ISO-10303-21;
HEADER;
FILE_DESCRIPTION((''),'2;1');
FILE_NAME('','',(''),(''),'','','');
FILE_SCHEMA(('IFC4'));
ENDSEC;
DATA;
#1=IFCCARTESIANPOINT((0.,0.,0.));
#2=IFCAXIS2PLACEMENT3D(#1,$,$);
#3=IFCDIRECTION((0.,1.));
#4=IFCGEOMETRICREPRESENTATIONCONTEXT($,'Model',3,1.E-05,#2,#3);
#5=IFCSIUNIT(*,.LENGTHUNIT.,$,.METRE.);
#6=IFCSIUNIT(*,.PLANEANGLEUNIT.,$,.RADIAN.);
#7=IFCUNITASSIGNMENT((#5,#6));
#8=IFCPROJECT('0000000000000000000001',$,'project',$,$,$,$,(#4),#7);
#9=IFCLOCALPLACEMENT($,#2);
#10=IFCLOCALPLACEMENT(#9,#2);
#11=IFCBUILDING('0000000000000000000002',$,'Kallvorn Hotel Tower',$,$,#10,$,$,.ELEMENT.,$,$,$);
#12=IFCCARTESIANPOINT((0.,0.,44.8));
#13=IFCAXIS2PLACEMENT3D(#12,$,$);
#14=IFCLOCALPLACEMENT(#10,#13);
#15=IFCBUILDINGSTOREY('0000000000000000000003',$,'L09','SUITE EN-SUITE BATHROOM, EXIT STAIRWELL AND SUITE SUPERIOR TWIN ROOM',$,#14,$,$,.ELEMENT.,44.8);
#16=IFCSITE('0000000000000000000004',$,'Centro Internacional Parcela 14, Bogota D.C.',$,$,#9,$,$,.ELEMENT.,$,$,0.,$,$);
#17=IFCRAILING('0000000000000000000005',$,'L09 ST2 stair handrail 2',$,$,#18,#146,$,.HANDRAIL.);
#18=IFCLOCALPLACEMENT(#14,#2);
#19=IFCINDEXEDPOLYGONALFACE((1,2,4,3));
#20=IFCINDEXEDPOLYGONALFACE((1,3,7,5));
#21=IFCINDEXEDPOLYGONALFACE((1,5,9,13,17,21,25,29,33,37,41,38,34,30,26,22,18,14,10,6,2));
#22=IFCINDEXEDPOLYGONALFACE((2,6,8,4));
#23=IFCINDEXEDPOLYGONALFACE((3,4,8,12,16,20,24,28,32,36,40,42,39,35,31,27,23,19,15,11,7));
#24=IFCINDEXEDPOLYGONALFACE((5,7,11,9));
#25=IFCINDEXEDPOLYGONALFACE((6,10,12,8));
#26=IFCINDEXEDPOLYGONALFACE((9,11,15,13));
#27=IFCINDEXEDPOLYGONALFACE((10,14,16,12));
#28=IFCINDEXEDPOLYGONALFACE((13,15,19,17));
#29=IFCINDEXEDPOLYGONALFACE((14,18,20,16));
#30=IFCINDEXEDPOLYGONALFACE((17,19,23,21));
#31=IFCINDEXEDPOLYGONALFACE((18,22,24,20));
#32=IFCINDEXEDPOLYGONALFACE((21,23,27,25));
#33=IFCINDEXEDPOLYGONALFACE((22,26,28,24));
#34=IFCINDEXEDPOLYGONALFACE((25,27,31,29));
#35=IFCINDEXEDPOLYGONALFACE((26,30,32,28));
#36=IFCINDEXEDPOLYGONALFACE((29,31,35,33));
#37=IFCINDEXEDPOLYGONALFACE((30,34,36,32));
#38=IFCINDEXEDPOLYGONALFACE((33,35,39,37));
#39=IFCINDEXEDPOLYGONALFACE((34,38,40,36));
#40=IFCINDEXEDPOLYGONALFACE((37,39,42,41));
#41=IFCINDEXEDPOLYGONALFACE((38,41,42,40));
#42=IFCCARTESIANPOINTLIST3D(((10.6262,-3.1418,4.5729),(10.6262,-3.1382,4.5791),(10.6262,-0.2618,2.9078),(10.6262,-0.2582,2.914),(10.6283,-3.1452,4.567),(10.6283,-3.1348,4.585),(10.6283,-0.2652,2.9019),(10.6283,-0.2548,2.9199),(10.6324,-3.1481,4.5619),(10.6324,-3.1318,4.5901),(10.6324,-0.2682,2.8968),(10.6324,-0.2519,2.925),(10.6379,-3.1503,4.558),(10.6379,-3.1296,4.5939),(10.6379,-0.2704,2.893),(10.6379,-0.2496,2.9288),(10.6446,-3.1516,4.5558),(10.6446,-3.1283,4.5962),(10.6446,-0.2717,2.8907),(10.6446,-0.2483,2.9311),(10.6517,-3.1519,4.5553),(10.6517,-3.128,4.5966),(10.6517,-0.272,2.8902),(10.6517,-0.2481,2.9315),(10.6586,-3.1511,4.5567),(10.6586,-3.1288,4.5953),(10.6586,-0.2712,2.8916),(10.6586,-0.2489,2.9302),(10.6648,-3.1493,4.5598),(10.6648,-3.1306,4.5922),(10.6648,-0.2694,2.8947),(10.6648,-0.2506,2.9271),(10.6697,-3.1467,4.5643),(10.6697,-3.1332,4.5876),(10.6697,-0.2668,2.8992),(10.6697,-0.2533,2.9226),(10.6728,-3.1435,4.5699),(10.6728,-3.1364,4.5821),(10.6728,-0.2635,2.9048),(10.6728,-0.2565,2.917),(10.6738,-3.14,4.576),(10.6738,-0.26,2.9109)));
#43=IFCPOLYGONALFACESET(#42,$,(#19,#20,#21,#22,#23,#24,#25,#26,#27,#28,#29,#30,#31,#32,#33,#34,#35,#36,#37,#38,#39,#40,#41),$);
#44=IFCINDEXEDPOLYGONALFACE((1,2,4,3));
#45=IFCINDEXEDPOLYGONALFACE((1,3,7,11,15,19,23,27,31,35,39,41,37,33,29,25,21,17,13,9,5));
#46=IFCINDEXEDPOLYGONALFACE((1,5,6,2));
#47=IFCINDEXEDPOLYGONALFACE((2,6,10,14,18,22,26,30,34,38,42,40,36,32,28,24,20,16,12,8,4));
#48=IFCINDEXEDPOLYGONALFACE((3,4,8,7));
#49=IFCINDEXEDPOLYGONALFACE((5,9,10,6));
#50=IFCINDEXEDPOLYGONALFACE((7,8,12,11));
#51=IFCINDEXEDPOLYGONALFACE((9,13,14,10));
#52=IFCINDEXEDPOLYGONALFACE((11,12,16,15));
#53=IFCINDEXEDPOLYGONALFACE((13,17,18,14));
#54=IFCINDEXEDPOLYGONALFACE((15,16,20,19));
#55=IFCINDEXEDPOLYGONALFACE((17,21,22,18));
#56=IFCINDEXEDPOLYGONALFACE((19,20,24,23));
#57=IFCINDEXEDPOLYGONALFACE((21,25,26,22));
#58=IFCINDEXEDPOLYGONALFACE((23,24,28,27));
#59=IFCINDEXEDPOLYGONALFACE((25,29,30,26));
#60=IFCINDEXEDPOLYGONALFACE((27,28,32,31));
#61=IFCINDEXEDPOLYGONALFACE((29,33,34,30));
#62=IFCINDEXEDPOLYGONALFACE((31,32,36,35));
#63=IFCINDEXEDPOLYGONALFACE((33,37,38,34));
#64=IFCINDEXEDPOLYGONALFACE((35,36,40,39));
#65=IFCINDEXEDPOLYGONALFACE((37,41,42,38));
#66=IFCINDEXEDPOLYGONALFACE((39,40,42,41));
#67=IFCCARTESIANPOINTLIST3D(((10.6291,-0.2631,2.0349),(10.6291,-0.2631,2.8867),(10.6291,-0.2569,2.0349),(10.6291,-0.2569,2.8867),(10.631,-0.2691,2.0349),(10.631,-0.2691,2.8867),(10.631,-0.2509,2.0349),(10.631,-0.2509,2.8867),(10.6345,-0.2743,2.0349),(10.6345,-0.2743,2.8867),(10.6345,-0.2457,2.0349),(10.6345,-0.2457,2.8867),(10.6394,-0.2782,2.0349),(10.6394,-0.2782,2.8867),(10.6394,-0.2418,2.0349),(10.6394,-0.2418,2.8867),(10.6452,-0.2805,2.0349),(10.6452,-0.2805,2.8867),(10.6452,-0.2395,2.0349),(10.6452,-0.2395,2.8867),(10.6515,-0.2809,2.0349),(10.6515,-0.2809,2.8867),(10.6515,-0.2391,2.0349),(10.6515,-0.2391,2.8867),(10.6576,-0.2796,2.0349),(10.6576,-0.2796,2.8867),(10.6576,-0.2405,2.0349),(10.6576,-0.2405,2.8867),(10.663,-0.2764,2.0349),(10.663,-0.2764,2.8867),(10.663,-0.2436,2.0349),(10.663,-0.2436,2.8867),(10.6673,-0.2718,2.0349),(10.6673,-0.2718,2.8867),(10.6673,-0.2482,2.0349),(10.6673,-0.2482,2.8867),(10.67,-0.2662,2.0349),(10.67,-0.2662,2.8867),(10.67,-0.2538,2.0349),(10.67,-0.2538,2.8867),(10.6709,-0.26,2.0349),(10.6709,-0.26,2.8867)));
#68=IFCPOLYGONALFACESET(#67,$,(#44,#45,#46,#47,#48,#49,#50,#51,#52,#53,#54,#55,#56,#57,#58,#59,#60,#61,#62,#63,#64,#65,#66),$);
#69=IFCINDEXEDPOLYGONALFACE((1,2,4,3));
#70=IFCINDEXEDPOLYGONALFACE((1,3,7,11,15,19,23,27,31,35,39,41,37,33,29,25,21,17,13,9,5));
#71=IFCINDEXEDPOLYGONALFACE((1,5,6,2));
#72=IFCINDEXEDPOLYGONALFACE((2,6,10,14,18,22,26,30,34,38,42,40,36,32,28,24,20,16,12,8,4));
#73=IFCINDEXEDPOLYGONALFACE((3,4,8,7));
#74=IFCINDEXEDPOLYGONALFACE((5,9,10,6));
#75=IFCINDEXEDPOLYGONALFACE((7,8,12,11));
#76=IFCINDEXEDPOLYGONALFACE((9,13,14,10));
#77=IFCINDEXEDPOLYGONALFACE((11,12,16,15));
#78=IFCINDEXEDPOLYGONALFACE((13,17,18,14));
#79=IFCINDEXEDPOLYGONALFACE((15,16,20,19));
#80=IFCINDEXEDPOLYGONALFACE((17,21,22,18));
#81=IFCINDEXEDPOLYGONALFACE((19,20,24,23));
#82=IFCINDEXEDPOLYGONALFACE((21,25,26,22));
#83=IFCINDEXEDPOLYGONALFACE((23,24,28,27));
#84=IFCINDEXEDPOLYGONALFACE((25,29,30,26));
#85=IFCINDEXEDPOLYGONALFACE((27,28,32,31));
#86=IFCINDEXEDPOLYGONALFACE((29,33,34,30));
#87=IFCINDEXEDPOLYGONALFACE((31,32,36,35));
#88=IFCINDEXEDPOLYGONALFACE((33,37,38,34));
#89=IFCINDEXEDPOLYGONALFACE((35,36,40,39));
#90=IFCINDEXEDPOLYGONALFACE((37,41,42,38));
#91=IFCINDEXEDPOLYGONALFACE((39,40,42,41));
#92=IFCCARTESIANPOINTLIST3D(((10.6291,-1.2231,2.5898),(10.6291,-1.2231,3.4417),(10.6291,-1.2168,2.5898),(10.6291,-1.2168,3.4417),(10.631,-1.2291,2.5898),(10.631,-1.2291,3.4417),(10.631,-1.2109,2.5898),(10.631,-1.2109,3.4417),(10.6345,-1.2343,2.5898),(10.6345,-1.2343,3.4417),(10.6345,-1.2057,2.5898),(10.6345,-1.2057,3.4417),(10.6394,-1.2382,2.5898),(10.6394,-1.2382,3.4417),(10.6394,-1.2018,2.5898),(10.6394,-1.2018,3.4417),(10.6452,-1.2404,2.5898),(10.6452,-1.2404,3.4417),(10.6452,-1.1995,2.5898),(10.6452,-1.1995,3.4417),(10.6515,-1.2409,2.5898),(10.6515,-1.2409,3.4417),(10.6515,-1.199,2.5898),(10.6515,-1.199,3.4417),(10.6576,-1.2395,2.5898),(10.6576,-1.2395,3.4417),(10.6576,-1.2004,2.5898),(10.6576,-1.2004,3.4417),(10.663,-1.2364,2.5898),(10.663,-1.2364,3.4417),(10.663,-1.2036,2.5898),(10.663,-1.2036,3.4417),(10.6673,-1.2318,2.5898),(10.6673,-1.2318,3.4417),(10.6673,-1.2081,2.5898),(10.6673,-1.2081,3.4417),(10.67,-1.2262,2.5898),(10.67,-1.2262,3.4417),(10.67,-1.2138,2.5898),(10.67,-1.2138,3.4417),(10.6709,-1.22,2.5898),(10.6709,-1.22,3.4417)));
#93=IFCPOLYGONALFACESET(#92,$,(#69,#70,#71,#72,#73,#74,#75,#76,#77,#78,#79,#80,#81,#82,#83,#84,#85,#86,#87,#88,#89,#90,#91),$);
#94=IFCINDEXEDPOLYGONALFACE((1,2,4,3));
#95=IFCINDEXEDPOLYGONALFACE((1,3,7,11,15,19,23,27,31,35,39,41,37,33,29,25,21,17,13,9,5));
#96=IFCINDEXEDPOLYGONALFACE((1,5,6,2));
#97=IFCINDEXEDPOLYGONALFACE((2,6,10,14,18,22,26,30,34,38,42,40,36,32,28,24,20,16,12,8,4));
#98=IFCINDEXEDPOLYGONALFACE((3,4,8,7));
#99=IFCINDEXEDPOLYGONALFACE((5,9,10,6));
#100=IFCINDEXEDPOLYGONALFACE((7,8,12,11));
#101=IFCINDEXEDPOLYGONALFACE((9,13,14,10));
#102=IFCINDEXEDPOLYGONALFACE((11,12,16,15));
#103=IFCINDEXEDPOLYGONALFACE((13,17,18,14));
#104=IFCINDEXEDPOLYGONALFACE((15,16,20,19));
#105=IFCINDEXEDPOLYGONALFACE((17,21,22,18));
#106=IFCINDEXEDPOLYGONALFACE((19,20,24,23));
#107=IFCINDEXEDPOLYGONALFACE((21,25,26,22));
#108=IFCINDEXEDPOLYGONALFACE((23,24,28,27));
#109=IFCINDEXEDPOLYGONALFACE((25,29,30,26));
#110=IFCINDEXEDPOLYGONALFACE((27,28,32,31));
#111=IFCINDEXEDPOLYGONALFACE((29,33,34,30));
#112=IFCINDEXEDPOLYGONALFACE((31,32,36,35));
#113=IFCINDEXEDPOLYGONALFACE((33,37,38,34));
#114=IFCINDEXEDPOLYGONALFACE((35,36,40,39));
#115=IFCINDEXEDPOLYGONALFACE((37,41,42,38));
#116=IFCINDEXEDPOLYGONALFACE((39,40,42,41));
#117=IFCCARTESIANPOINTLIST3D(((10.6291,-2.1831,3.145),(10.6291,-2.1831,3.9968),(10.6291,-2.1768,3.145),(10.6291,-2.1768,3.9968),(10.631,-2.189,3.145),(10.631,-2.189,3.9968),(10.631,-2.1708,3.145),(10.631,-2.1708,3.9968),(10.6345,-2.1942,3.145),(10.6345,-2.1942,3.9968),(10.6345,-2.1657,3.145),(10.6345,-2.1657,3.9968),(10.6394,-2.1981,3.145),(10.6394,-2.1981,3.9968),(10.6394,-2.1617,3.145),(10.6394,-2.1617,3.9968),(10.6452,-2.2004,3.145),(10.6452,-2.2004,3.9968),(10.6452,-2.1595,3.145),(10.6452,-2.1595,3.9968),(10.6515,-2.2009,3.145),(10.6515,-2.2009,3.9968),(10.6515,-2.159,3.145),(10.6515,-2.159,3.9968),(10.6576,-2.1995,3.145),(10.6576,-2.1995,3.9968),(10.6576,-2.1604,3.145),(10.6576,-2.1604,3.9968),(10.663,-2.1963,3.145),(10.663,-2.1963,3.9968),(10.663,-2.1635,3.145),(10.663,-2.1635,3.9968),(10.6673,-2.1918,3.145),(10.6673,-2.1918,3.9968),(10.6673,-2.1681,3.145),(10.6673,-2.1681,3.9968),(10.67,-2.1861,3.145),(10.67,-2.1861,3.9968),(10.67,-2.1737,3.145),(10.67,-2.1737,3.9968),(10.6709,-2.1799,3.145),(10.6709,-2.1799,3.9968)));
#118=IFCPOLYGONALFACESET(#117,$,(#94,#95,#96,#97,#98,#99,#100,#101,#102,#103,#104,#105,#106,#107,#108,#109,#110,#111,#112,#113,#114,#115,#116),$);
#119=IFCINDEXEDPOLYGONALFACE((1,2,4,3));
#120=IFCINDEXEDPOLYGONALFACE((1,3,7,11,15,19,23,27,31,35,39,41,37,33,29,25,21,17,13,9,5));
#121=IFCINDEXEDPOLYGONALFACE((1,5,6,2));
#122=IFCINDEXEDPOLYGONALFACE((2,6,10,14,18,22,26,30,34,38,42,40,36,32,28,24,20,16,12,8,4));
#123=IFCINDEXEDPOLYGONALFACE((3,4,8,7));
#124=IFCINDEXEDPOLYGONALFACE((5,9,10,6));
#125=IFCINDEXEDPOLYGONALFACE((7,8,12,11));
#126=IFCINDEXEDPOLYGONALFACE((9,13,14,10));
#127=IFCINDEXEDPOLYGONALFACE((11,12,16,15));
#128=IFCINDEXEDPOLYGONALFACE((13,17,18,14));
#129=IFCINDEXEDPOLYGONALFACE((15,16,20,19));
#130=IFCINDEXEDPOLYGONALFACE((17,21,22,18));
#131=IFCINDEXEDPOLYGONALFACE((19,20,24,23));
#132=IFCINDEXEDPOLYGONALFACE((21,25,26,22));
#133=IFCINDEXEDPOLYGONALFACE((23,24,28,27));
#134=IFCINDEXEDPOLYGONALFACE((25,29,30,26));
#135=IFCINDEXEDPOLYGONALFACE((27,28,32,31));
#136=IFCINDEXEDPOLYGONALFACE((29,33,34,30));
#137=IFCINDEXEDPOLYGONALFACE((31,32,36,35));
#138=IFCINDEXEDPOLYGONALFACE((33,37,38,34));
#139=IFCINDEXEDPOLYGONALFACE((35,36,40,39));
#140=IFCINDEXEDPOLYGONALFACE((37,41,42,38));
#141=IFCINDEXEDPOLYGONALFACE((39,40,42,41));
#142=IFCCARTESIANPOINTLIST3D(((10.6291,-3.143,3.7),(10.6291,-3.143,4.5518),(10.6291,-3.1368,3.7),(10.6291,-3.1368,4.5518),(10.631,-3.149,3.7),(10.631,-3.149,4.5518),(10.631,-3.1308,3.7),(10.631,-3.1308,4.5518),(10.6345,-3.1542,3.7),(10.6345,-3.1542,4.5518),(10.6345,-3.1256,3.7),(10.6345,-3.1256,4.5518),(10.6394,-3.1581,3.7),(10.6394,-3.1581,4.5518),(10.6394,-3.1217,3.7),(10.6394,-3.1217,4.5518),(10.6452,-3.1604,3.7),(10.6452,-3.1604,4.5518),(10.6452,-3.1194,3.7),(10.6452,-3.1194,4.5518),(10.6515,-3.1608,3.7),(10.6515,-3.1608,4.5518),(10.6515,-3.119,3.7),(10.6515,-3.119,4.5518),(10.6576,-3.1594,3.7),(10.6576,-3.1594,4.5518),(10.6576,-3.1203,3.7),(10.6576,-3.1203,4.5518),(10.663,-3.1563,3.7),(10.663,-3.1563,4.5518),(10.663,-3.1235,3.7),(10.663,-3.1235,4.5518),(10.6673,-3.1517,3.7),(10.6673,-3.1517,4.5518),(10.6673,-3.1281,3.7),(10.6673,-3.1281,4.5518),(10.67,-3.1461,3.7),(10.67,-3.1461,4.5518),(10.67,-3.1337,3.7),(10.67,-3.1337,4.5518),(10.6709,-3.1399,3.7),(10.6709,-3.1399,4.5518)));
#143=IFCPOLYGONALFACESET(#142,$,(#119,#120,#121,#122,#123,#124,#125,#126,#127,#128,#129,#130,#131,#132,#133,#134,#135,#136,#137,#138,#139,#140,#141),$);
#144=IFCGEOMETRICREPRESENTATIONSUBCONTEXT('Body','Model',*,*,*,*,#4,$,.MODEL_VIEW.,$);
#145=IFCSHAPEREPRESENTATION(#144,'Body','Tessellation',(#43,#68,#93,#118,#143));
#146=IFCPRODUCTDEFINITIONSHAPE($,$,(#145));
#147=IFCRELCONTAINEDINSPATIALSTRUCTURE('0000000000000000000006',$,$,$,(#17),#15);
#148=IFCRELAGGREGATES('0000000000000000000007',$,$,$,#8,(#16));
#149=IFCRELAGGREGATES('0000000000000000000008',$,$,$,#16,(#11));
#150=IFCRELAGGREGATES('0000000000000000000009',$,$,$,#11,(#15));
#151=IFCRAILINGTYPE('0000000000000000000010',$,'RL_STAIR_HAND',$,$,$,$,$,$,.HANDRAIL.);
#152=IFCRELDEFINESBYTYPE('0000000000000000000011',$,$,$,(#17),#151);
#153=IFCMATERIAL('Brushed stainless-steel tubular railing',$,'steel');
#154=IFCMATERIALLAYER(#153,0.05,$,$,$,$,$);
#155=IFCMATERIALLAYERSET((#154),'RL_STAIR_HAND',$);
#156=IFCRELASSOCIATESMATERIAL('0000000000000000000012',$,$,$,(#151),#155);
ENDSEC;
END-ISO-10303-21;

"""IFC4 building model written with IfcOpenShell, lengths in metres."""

from ifc_helpers import new_model, si_unit, direction, frame, origin, origin_2d, place, context, subcontext, project, spatial, circle, extrude, material, layer, layer_set, type_object, element, save


model = new_model("IFC4")

# Units and contexts
model_context = context("Model", 3, precision=1e-05, world=origin(), true_north=direction((0.0, 1.0)))
body_context = subcontext(model_context, "Body", "Model", "MODEL_VIEW")
ifc_project = project(units=[si_unit("LENGTHUNIT", "METRE"), si_unit("PLANEANGLEUNIT", "RADIAN")], contexts=[model_context])

# Site, building, storey
site_placement = place(None, origin())
site = spatial("IfcSite", under=ifc_project, at=site_placement, Name="Centro Internacional Parcela 14, Bogota D.C.", CompositionType="ELEMENT", RefElevation=0.0)
building_placement = place(site_placement, origin())
building = spatial("IfcBuilding", under=site, at=building_placement, Name="Kallvorn Hotel Tower", CompositionType="ELEMENT")
storey_placement = place(building_placement, frame((0.0, 0.0, 44.8)))
storey = spatial("IfcBuildingStorey", under=building, at=storey_placement, Name="L09", Description="SUITE EN-SUITE BATHROOM, EXIT STAIRWELL AND SUITE SUPERIOR TWIN ROOM", CompositionType="ELEMENT", Elevation=44.8)

# Railing
ifc_material_1 = material(Name="Brushed stainless-steel tubular railing", Category="steel")
ifc_layer_1 = layer(ifc_material_1, 0.05)
ifc_layer_set_1 = layer_set([ifc_layer_1], Name="RL_STAIR_HAND")
railing_type_1 = type_object("IfcRailingType", Name="RL_STAIR_HAND", PredefinedType="HANDRAIL", material=ifc_layer_set_1)
railing_1_placement = place(storey_placement, frame((10.6499, -0.26, 2.0349)))
element("IfcRailing", 1, at=railing_1_placement, inside=storey, type_object=railing_type_1, Name="L09 ST2 stair handrail 2", PredefinedType="HANDRAIL", context=body_context, shape_type="SweptSolid", body=[
    extrude(circle(Radius=0.0239, at=origin_2d()), frame((0.0, 0.0, 0.876), z_axis=(0.0, -0.865721, 0.500527), x_axis=(1.0, 0.0, 0.0)), (0.0, 0.0, 1.0), 3.3267),
    extrude(circle(Radius=0.021, at=origin_2d()), origin(), (0.0, 0.0, 1.0), 0.8518),
    extrude(circle(Radius=0.021, at=origin_2d()), frame((0.0, -0.96, 0.5549)), (0.0, 0.0, 1.0), 0.8518),
    extrude(circle(Radius=0.021, at=origin_2d()), frame((0.0, -1.9199, 1.1101)), (0.0, 0.0, 1.0), 0.8518),
    extrude(circle(Radius=0.021, at=origin_2d()), frame((0.0, -2.8799, 1.665)), (0.0, 0.0, 1.0), 0.8518),
])

save(model, "model.ifc")
